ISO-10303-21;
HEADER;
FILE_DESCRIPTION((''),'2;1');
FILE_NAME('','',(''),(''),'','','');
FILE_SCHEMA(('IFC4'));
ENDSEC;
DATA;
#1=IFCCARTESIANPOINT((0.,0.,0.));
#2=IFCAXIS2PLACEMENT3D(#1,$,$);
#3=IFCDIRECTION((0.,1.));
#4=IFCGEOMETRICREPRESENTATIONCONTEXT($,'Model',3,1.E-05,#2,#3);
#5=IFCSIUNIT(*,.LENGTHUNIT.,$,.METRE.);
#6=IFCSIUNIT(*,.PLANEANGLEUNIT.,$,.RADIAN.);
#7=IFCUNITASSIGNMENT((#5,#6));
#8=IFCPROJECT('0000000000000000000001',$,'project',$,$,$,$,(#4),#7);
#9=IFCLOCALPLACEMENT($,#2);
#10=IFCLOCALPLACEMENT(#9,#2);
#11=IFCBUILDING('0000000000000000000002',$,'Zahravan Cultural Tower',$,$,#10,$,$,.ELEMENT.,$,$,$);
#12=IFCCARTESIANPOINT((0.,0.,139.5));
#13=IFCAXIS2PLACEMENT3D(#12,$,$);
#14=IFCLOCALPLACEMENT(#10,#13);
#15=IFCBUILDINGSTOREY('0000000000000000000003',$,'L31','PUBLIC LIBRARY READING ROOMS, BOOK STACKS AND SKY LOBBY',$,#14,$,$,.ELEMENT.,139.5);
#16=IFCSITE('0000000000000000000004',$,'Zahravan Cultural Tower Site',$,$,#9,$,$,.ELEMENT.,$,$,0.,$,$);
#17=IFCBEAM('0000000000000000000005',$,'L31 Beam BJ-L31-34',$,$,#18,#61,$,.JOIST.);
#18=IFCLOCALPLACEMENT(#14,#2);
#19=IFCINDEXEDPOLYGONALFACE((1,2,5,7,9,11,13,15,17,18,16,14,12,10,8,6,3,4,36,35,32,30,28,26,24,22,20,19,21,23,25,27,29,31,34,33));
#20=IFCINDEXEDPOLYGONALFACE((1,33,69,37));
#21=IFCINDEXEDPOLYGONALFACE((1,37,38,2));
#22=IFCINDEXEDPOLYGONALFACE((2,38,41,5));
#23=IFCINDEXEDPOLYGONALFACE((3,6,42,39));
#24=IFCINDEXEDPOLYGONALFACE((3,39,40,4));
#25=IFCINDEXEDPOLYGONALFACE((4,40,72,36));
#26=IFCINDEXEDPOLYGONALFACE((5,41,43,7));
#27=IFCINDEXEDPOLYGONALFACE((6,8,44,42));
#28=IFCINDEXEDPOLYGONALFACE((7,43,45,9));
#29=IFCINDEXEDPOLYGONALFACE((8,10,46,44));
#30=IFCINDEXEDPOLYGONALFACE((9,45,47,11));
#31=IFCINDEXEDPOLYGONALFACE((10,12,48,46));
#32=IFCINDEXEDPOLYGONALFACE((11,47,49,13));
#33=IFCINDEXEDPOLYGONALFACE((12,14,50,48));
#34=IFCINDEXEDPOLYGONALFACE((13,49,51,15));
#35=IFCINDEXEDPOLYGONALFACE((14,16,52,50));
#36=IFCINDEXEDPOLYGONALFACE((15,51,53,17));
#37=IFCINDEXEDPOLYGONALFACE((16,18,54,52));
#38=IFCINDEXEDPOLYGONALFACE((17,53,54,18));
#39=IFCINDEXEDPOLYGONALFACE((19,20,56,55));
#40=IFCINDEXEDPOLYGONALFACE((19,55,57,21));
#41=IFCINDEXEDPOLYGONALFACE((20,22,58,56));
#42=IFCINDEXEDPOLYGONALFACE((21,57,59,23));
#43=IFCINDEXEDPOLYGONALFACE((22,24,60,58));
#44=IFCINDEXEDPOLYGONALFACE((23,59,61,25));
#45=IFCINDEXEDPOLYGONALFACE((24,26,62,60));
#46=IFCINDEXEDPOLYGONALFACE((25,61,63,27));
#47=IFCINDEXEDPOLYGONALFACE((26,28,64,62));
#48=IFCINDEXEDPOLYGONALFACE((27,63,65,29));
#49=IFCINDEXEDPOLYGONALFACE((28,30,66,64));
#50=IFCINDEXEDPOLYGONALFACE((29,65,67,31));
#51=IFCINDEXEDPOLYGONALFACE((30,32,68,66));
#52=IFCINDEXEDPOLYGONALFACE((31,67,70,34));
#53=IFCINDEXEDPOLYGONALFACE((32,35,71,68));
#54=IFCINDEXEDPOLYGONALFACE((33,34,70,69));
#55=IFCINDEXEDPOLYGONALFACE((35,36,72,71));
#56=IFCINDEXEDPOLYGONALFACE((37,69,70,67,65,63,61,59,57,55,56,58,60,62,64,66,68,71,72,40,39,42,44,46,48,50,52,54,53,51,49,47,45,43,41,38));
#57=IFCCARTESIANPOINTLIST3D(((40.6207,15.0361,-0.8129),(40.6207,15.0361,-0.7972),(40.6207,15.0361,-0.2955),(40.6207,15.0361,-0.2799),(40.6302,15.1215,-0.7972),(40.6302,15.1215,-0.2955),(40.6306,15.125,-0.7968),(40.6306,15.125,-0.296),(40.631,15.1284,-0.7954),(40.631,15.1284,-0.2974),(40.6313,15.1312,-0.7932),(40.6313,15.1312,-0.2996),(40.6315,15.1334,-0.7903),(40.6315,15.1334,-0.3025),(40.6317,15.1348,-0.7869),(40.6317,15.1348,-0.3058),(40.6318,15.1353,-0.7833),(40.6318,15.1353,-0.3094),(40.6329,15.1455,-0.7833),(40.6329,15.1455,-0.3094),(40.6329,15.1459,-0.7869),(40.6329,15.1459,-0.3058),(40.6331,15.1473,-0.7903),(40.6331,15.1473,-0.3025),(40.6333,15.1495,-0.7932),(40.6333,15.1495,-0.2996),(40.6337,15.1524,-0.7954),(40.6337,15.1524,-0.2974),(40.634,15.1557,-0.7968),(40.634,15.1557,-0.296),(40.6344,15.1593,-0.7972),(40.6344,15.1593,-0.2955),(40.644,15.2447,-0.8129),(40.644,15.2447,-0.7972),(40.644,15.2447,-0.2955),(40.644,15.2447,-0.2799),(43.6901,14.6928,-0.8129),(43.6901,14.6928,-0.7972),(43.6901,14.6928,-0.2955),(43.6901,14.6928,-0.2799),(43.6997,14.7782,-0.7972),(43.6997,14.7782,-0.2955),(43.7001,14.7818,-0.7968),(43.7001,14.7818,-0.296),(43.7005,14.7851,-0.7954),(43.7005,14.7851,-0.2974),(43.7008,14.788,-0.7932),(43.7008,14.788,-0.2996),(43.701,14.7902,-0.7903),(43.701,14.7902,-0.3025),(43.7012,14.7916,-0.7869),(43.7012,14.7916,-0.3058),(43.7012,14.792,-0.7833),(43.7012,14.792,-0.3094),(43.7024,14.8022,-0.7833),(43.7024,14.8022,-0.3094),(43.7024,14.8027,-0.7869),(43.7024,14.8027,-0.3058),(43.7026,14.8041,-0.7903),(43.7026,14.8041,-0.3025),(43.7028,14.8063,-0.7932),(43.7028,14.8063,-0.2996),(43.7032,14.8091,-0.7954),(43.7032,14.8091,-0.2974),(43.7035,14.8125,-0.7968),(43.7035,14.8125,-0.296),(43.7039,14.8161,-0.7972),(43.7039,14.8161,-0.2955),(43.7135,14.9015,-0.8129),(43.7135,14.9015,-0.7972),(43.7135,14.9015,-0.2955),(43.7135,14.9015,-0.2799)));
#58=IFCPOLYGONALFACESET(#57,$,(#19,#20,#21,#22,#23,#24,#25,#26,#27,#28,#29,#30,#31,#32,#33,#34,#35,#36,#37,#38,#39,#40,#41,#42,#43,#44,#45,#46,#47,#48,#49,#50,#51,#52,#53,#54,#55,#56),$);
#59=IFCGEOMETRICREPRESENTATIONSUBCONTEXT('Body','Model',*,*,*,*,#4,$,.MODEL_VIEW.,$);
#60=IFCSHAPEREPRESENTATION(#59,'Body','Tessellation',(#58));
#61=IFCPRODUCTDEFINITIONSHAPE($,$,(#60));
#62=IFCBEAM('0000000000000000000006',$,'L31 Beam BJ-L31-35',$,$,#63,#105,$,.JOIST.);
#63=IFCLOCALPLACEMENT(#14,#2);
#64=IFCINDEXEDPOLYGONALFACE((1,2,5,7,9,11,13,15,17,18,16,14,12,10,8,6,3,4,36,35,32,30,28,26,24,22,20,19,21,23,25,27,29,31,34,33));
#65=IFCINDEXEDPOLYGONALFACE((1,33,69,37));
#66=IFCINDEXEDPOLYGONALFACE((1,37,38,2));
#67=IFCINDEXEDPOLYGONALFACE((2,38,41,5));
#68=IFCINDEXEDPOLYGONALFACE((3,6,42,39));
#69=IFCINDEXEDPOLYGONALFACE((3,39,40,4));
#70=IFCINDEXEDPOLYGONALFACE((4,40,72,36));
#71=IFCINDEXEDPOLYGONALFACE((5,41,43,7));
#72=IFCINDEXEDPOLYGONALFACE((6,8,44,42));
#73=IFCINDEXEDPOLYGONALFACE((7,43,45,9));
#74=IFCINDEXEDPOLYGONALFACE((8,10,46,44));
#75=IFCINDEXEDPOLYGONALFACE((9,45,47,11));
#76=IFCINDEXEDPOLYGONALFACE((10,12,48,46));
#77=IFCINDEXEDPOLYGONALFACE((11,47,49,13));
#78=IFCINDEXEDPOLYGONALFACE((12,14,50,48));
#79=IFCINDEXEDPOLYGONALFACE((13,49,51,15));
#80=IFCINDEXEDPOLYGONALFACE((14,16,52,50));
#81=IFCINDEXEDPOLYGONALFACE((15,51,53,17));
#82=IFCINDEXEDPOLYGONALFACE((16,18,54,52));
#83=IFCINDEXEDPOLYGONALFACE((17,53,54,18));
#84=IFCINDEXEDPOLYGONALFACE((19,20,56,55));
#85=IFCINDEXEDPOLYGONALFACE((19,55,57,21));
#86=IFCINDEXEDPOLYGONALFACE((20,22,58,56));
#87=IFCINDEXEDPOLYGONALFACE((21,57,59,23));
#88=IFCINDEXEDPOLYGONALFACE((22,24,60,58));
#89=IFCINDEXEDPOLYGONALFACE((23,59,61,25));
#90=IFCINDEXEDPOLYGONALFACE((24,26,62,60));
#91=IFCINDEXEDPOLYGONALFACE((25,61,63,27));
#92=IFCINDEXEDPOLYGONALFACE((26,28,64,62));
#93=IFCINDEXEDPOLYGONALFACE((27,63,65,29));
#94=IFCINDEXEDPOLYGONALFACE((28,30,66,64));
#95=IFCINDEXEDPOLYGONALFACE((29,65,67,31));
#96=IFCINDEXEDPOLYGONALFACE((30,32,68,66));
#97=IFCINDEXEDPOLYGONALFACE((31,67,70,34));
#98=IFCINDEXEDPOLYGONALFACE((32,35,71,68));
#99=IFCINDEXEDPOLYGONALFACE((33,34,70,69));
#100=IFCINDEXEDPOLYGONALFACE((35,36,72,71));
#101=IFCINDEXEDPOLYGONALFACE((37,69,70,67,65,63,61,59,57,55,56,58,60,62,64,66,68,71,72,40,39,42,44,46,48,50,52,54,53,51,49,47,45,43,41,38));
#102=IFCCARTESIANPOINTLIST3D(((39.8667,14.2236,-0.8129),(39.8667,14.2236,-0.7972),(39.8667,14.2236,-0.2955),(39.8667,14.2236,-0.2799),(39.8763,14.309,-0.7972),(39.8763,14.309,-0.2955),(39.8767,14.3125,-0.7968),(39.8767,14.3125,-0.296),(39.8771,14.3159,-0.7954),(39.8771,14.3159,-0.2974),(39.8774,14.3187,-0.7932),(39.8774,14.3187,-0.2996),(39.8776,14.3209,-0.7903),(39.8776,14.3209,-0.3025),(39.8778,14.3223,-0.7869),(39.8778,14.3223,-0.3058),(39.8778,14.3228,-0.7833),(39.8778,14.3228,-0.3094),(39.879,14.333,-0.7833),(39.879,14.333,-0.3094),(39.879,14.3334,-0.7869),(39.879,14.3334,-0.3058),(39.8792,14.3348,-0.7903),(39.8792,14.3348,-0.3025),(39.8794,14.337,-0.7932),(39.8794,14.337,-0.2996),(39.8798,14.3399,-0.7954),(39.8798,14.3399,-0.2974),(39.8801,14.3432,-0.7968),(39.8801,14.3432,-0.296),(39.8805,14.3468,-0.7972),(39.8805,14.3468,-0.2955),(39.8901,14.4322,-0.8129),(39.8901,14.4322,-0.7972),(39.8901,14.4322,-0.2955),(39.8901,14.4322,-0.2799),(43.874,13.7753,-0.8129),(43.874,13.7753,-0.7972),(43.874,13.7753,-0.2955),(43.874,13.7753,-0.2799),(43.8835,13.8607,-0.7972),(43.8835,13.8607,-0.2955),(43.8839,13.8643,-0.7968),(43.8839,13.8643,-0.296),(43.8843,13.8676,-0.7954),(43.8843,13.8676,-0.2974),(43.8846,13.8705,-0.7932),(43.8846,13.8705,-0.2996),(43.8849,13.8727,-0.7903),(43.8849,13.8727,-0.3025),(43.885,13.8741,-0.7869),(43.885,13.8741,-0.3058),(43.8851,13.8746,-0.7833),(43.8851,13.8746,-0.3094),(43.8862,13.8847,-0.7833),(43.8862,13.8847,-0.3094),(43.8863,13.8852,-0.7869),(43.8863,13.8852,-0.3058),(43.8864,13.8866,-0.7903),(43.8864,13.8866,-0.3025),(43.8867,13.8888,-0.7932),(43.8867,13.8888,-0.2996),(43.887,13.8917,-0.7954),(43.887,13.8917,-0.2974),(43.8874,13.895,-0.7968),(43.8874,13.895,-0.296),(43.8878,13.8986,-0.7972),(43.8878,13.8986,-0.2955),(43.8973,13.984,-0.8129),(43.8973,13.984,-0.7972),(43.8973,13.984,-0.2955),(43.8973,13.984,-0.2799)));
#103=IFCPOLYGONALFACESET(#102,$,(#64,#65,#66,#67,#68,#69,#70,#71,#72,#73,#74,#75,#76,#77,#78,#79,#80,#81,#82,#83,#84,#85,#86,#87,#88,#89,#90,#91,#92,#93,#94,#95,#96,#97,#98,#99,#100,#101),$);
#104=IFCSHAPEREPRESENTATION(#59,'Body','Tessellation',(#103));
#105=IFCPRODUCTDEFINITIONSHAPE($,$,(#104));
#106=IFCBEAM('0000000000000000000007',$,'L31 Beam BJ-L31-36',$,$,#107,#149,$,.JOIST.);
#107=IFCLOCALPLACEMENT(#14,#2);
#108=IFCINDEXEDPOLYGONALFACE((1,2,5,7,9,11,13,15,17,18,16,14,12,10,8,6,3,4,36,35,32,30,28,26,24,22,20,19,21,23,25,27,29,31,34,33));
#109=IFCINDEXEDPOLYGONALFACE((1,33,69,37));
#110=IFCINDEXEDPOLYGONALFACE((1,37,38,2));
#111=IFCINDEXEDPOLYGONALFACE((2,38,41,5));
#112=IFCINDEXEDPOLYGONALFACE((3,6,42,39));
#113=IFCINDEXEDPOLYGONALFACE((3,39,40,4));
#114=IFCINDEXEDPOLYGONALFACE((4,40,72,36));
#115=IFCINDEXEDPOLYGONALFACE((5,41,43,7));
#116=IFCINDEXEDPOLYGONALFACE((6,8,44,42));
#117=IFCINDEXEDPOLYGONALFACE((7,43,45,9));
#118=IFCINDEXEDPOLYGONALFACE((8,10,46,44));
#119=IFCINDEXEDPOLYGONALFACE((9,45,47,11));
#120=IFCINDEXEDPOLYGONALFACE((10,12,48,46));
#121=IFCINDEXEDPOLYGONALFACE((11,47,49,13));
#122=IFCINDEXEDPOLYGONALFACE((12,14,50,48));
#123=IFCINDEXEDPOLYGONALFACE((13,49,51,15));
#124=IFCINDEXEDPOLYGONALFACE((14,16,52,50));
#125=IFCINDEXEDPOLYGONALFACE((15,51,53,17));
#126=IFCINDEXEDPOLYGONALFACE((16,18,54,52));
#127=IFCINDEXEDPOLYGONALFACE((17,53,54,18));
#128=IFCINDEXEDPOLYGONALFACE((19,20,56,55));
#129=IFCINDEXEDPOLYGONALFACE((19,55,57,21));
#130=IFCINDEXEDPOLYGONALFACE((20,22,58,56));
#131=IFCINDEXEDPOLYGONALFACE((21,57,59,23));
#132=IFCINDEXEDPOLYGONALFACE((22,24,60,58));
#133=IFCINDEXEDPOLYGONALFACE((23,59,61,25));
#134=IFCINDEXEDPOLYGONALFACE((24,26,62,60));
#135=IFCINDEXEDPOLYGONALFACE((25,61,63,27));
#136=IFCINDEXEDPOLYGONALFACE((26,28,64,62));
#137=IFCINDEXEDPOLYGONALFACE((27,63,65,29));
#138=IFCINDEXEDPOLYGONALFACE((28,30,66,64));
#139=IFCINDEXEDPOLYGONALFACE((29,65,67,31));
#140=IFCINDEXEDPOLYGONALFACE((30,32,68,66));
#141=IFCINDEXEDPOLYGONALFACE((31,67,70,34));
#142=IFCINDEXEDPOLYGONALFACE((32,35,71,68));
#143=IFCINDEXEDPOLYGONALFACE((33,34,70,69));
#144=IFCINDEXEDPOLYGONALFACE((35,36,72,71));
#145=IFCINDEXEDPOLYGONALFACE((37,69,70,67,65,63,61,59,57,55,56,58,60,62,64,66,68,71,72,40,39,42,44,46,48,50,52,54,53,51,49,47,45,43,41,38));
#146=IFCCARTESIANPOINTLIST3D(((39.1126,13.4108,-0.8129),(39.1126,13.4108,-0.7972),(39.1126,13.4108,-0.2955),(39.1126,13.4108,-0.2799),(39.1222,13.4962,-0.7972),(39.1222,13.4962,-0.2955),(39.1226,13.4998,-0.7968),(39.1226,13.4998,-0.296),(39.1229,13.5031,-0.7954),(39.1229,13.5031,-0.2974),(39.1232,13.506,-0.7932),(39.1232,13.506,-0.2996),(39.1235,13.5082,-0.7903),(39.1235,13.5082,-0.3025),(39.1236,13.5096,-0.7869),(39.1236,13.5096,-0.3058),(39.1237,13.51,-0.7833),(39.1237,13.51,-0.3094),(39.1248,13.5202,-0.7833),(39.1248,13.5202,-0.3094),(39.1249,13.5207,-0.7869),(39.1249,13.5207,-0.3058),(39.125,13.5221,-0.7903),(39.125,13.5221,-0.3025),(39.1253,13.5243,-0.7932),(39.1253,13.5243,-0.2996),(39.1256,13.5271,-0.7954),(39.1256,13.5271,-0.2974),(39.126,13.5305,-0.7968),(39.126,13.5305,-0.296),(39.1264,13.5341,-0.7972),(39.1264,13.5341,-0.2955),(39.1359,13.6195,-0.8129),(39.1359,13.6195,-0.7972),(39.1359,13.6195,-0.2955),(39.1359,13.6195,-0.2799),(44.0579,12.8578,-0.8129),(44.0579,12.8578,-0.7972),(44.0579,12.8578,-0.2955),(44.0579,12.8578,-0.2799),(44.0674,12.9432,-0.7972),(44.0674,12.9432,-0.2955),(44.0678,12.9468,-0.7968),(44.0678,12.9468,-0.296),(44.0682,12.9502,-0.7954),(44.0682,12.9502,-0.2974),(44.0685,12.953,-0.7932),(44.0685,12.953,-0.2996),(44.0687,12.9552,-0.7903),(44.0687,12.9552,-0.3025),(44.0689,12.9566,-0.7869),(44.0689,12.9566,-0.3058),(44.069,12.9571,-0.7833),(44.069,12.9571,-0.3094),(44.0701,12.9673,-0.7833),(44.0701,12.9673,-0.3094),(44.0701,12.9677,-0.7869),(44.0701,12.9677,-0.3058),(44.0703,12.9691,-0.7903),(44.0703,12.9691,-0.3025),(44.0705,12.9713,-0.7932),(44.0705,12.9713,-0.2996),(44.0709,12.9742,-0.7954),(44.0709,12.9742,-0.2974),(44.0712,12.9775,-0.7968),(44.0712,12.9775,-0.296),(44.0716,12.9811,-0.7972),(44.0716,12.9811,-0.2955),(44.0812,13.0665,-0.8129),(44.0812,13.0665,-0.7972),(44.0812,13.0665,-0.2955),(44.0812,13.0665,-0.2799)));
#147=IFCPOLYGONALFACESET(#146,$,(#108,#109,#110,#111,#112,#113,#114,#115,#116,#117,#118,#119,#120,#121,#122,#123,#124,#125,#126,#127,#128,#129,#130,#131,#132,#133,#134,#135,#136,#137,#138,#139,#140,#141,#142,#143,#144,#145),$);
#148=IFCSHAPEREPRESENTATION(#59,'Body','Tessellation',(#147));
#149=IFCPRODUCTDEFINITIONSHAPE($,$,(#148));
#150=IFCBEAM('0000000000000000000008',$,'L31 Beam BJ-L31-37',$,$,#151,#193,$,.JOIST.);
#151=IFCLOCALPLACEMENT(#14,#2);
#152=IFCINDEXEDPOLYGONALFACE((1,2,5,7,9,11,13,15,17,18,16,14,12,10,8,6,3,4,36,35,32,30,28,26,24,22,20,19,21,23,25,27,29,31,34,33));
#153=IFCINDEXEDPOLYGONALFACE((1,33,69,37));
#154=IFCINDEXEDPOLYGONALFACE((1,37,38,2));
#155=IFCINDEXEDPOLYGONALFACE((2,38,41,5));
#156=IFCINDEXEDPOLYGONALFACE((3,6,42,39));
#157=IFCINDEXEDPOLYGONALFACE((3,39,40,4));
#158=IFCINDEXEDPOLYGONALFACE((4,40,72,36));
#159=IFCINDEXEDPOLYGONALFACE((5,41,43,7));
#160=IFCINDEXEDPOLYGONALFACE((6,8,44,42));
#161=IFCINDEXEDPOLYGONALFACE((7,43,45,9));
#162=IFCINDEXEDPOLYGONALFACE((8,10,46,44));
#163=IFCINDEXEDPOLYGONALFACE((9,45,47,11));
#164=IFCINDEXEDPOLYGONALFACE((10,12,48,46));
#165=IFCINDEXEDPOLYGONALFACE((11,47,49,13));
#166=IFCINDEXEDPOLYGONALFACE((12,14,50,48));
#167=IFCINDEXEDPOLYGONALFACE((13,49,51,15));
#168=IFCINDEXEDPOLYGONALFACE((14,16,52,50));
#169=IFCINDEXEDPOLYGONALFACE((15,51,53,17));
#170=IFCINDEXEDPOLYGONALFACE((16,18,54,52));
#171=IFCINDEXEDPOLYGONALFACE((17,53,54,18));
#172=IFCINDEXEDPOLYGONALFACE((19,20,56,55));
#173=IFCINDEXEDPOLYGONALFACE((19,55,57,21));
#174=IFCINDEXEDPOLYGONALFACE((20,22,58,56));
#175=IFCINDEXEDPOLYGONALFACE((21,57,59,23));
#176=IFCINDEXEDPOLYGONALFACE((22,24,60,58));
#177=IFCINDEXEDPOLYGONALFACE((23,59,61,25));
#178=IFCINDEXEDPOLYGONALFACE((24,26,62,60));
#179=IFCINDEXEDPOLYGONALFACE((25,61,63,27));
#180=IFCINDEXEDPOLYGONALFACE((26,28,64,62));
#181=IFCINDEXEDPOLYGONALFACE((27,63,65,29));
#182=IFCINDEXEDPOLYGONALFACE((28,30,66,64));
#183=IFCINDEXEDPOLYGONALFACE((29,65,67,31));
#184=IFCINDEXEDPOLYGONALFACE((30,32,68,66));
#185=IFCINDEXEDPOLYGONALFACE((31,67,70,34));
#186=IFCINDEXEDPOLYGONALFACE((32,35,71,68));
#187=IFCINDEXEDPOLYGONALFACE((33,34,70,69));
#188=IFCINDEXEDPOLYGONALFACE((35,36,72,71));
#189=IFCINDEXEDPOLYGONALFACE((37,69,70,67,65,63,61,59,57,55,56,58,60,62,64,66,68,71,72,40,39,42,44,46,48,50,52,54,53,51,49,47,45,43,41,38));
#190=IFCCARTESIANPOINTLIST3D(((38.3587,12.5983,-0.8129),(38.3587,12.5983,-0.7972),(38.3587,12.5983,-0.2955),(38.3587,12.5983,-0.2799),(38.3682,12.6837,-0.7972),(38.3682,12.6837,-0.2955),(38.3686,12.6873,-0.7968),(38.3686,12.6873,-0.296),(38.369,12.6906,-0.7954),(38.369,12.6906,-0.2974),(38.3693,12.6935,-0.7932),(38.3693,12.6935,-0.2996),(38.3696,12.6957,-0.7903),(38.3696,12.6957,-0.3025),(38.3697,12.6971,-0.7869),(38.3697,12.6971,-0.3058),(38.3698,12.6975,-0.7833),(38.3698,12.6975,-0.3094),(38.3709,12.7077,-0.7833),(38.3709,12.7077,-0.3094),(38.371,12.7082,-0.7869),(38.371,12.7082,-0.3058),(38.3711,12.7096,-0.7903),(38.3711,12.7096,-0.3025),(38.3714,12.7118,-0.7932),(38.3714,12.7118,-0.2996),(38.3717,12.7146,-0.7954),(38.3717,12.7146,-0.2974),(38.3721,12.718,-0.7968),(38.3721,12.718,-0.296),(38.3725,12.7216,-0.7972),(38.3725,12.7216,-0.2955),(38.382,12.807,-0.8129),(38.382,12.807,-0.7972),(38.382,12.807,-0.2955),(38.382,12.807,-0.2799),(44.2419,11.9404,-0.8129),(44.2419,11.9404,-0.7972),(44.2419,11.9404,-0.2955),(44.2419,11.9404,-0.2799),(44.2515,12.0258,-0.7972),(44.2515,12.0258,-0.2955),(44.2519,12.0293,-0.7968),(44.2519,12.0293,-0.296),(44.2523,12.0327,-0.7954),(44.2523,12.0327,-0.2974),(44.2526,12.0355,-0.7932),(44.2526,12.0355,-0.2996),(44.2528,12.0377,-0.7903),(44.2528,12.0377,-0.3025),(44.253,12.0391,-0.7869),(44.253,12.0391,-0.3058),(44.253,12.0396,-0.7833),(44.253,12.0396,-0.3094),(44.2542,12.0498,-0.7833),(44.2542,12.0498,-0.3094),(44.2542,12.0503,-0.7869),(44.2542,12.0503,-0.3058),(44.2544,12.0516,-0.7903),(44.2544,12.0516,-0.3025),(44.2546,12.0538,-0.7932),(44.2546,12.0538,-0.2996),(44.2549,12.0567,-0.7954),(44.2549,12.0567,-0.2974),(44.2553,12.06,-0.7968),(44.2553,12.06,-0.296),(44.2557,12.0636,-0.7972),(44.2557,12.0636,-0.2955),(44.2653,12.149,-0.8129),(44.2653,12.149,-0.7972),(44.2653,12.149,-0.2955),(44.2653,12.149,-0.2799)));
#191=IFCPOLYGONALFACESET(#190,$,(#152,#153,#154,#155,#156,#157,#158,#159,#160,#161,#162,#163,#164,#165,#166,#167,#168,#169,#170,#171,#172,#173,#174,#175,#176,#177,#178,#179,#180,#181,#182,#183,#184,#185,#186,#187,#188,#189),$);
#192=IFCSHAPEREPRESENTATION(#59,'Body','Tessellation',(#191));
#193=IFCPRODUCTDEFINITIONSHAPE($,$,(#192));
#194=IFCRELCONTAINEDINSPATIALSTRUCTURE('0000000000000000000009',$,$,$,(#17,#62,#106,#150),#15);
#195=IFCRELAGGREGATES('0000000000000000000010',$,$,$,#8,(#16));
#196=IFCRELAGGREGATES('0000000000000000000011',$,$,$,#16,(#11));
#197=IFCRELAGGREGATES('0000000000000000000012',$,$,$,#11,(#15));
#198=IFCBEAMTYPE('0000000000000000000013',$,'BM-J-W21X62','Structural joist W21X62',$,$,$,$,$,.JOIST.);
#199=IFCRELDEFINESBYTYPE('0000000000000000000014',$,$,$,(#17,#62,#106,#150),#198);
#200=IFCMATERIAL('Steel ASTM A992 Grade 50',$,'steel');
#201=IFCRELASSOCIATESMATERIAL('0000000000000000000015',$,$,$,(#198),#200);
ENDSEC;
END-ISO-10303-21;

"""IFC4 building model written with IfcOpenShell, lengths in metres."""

from ifc_helpers import new_model, si_unit, direction, frame, origin, origin_2d, place, context, subcontext, project, spatial, i_section, extrude, source, transform, mapped, material, material_profile, profile_set, type_object, element, save


model = new_model("IFC4")

# Units and contexts
model_context = context("Model", 3, precision=1e-05, world=origin(), true_north=direction((0.0, 1.0)))
body_context = subcontext(model_context, "Body", "Model", "MODEL_VIEW")
ifc_project = project(units=[si_unit("LENGTHUNIT", "METRE"), si_unit("PLANEANGLEUNIT", "RADIAN")], contexts=[model_context])

# Site, building, storey
site_placement = place(None, origin())
site = spatial("IfcSite", under=ifc_project, at=site_placement, Name="Zahravan Cultural Tower Site", CompositionType="ELEMENT", RefElevation=0.0)
building_placement = place(site_placement, origin())
building = spatial("IfcBuilding", under=site, at=building_placement, Name="Zahravan Cultural Tower", CompositionType="ELEMENT")
storey_placement = place(building_placement, frame((0.0, 0.0, 139.5)))
storey = spatial("IfcBuildingStorey", under=building, at=storey_placement, Name="L31", Description="PUBLIC LIBRARY READING ROOMS, BOOK STACKS AND SKY LOBBY", CompositionType="ELEMENT", Elevation=139.5)

# Shared definitions
ifc_material_1 = material(Name="Steel ASTM A992 Grade 50", Category="steel")

# Beams
ifc_material_profile_1 = material_profile(ifc_material_1, i_section(OverallWidth=0.21, OverallDepth=0.533, WebThickness=0.0103, FlangeThickness=0.0156, FilletRadius=0.0139, at=origin_2d()), Name="W21X62")
ifc_profile_set_1 = profile_set([ifc_material_profile_1], Name="Steel ASTM A992 Grade 50")
beam_type_1 = type_object("IfcBeamType", Name="BM-J-W21X62", Description="Structural joist W21X62", PredefinedType="JOIST", material=ifc_profile_set_1)
shared_shape_1 = source(origin(), body_context, "Body", "SweptSolid", [
    extrude(i_section(OverallWidth=0.21, OverallDepth=0.533, WebThickness=0.0103, FlangeThickness=0.0156, FilletRadius=0.0139, at=origin_2d()), origin(), (0.0, 0.0, 1.0), 3.0886),
])
beam_1_placement = place(storey_placement, frame((40.6323, 15.1404, -0.5464), z_axis=(0.993805, -0.111134, 0.0), x_axis=(0.111134, 0.993805, 0.0)))
element("IfcBeam", 1, at=beam_1_placement, inside=storey, type_object=beam_type_1, Name="L31 Beam BJ-L31-34", PredefinedType="JOIST", context=body_context, shape_type="MappedRepresentation", body=[
    mapped(shared_shape_1, transform((0.0, 0.0, 0.0), x_axis=(1.0, 0.0, 0.0), y_axis=(0.0, 1.0, 0.0), z_axis=(0.0, 0.0, 1.0), scale=1.0)),
])
shared_shape_2 = source(origin(), body_context, "Body", "SweptSolid", [
    extrude(i_section(OverallWidth=0.21, OverallDepth=0.533, WebThickness=0.0103, FlangeThickness=0.0156, FilletRadius=0.0139, at=origin_2d()), origin(), (0.0, 0.0, 1.0), 4.0322),
])
beam_2_placement = place(storey_placement, frame((39.8784, 14.3279, -0.5464), z_axis=(0.993802, -0.111162, 0.0), x_axis=(0.111162, 0.993802, 0.0)))
element("IfcBeam", 2, at=beam_2_placement, inside=storey, type_object=beam_type_1, Name="L31 Beam BJ-L31-35", PredefinedType="JOIST", context=body_context, shape_type="MappedRepresentation", body=[
    mapped(shared_shape_2, transform((0.0, 0.0, 0.0), x_axis=(1.0, 0.0, 0.0), y_axis=(0.0, 1.0, 0.0), z_axis=(0.0, 0.0, 1.0), scale=1.0)),
])
shared_shape_3 = source(origin(), body_context, "Body", "SweptSolid", [
    extrude(i_section(OverallWidth=0.21, OverallDepth=0.533, WebThickness=0.0103, FlangeThickness=0.0156, FilletRadius=0.0139, at=origin_2d()), origin(), (0.0, 0.0, 1.0), 4.9761),
])
beam_3_placement = place(storey_placement, frame((39.1243, 13.5151, -0.5464), z_axis=(0.993806, -0.111126, 0.0), x_axis=(0.111126, 0.993806, 0.0)))
element("IfcBeam", 3, at=beam_3_placement, inside=storey, type_object=beam_type_1, Name="L31 Beam BJ-L31-36", PredefinedType="JOIST", context=body_context, shape_type="MappedRepresentation", body=[
    mapped(shared_shape_3, transform((0.0, 0.0, 0.0), x_axis=(1.0, 0.0, 0.0), y_axis=(0.0, 1.0, 0.0), z_axis=(0.0, 0.0, 1.0), scale=1.0)),
])
shared_shape_4 = source(origin(), body_context, "Body", "SweptSolid", [
    extrude(i_section(OverallWidth=0.21, OverallDepth=0.533, WebThickness=0.0103, FlangeThickness=0.0156, FilletRadius=0.0139, at=origin_2d()), origin(), (0.0, 0.0, 1.0), 5.9199),
])
beam_4_placement = place(storey_placement, frame((38.3704, 12.7026, -0.5464), z_axis=(0.993805, -0.111142, 0.0), x_axis=(0.111142, 0.993805, 0.0)))
element("IfcBeam", 4, at=beam_4_placement, inside=storey, type_object=beam_type_1, Name="L31 Beam BJ-L31-37", PredefinedType="JOIST", context=body_context, shape_type="MappedRepresentation", body=[
    mapped(shared_shape_4, transform((0.0, 0.0, 0.0), x_axis=(1.0, 0.0, 0.0), y_axis=(0.0, 1.0, 0.0), z_axis=(0.0, 0.0, 1.0), scale=1.0)),
])

save(model, "model.ifc")
